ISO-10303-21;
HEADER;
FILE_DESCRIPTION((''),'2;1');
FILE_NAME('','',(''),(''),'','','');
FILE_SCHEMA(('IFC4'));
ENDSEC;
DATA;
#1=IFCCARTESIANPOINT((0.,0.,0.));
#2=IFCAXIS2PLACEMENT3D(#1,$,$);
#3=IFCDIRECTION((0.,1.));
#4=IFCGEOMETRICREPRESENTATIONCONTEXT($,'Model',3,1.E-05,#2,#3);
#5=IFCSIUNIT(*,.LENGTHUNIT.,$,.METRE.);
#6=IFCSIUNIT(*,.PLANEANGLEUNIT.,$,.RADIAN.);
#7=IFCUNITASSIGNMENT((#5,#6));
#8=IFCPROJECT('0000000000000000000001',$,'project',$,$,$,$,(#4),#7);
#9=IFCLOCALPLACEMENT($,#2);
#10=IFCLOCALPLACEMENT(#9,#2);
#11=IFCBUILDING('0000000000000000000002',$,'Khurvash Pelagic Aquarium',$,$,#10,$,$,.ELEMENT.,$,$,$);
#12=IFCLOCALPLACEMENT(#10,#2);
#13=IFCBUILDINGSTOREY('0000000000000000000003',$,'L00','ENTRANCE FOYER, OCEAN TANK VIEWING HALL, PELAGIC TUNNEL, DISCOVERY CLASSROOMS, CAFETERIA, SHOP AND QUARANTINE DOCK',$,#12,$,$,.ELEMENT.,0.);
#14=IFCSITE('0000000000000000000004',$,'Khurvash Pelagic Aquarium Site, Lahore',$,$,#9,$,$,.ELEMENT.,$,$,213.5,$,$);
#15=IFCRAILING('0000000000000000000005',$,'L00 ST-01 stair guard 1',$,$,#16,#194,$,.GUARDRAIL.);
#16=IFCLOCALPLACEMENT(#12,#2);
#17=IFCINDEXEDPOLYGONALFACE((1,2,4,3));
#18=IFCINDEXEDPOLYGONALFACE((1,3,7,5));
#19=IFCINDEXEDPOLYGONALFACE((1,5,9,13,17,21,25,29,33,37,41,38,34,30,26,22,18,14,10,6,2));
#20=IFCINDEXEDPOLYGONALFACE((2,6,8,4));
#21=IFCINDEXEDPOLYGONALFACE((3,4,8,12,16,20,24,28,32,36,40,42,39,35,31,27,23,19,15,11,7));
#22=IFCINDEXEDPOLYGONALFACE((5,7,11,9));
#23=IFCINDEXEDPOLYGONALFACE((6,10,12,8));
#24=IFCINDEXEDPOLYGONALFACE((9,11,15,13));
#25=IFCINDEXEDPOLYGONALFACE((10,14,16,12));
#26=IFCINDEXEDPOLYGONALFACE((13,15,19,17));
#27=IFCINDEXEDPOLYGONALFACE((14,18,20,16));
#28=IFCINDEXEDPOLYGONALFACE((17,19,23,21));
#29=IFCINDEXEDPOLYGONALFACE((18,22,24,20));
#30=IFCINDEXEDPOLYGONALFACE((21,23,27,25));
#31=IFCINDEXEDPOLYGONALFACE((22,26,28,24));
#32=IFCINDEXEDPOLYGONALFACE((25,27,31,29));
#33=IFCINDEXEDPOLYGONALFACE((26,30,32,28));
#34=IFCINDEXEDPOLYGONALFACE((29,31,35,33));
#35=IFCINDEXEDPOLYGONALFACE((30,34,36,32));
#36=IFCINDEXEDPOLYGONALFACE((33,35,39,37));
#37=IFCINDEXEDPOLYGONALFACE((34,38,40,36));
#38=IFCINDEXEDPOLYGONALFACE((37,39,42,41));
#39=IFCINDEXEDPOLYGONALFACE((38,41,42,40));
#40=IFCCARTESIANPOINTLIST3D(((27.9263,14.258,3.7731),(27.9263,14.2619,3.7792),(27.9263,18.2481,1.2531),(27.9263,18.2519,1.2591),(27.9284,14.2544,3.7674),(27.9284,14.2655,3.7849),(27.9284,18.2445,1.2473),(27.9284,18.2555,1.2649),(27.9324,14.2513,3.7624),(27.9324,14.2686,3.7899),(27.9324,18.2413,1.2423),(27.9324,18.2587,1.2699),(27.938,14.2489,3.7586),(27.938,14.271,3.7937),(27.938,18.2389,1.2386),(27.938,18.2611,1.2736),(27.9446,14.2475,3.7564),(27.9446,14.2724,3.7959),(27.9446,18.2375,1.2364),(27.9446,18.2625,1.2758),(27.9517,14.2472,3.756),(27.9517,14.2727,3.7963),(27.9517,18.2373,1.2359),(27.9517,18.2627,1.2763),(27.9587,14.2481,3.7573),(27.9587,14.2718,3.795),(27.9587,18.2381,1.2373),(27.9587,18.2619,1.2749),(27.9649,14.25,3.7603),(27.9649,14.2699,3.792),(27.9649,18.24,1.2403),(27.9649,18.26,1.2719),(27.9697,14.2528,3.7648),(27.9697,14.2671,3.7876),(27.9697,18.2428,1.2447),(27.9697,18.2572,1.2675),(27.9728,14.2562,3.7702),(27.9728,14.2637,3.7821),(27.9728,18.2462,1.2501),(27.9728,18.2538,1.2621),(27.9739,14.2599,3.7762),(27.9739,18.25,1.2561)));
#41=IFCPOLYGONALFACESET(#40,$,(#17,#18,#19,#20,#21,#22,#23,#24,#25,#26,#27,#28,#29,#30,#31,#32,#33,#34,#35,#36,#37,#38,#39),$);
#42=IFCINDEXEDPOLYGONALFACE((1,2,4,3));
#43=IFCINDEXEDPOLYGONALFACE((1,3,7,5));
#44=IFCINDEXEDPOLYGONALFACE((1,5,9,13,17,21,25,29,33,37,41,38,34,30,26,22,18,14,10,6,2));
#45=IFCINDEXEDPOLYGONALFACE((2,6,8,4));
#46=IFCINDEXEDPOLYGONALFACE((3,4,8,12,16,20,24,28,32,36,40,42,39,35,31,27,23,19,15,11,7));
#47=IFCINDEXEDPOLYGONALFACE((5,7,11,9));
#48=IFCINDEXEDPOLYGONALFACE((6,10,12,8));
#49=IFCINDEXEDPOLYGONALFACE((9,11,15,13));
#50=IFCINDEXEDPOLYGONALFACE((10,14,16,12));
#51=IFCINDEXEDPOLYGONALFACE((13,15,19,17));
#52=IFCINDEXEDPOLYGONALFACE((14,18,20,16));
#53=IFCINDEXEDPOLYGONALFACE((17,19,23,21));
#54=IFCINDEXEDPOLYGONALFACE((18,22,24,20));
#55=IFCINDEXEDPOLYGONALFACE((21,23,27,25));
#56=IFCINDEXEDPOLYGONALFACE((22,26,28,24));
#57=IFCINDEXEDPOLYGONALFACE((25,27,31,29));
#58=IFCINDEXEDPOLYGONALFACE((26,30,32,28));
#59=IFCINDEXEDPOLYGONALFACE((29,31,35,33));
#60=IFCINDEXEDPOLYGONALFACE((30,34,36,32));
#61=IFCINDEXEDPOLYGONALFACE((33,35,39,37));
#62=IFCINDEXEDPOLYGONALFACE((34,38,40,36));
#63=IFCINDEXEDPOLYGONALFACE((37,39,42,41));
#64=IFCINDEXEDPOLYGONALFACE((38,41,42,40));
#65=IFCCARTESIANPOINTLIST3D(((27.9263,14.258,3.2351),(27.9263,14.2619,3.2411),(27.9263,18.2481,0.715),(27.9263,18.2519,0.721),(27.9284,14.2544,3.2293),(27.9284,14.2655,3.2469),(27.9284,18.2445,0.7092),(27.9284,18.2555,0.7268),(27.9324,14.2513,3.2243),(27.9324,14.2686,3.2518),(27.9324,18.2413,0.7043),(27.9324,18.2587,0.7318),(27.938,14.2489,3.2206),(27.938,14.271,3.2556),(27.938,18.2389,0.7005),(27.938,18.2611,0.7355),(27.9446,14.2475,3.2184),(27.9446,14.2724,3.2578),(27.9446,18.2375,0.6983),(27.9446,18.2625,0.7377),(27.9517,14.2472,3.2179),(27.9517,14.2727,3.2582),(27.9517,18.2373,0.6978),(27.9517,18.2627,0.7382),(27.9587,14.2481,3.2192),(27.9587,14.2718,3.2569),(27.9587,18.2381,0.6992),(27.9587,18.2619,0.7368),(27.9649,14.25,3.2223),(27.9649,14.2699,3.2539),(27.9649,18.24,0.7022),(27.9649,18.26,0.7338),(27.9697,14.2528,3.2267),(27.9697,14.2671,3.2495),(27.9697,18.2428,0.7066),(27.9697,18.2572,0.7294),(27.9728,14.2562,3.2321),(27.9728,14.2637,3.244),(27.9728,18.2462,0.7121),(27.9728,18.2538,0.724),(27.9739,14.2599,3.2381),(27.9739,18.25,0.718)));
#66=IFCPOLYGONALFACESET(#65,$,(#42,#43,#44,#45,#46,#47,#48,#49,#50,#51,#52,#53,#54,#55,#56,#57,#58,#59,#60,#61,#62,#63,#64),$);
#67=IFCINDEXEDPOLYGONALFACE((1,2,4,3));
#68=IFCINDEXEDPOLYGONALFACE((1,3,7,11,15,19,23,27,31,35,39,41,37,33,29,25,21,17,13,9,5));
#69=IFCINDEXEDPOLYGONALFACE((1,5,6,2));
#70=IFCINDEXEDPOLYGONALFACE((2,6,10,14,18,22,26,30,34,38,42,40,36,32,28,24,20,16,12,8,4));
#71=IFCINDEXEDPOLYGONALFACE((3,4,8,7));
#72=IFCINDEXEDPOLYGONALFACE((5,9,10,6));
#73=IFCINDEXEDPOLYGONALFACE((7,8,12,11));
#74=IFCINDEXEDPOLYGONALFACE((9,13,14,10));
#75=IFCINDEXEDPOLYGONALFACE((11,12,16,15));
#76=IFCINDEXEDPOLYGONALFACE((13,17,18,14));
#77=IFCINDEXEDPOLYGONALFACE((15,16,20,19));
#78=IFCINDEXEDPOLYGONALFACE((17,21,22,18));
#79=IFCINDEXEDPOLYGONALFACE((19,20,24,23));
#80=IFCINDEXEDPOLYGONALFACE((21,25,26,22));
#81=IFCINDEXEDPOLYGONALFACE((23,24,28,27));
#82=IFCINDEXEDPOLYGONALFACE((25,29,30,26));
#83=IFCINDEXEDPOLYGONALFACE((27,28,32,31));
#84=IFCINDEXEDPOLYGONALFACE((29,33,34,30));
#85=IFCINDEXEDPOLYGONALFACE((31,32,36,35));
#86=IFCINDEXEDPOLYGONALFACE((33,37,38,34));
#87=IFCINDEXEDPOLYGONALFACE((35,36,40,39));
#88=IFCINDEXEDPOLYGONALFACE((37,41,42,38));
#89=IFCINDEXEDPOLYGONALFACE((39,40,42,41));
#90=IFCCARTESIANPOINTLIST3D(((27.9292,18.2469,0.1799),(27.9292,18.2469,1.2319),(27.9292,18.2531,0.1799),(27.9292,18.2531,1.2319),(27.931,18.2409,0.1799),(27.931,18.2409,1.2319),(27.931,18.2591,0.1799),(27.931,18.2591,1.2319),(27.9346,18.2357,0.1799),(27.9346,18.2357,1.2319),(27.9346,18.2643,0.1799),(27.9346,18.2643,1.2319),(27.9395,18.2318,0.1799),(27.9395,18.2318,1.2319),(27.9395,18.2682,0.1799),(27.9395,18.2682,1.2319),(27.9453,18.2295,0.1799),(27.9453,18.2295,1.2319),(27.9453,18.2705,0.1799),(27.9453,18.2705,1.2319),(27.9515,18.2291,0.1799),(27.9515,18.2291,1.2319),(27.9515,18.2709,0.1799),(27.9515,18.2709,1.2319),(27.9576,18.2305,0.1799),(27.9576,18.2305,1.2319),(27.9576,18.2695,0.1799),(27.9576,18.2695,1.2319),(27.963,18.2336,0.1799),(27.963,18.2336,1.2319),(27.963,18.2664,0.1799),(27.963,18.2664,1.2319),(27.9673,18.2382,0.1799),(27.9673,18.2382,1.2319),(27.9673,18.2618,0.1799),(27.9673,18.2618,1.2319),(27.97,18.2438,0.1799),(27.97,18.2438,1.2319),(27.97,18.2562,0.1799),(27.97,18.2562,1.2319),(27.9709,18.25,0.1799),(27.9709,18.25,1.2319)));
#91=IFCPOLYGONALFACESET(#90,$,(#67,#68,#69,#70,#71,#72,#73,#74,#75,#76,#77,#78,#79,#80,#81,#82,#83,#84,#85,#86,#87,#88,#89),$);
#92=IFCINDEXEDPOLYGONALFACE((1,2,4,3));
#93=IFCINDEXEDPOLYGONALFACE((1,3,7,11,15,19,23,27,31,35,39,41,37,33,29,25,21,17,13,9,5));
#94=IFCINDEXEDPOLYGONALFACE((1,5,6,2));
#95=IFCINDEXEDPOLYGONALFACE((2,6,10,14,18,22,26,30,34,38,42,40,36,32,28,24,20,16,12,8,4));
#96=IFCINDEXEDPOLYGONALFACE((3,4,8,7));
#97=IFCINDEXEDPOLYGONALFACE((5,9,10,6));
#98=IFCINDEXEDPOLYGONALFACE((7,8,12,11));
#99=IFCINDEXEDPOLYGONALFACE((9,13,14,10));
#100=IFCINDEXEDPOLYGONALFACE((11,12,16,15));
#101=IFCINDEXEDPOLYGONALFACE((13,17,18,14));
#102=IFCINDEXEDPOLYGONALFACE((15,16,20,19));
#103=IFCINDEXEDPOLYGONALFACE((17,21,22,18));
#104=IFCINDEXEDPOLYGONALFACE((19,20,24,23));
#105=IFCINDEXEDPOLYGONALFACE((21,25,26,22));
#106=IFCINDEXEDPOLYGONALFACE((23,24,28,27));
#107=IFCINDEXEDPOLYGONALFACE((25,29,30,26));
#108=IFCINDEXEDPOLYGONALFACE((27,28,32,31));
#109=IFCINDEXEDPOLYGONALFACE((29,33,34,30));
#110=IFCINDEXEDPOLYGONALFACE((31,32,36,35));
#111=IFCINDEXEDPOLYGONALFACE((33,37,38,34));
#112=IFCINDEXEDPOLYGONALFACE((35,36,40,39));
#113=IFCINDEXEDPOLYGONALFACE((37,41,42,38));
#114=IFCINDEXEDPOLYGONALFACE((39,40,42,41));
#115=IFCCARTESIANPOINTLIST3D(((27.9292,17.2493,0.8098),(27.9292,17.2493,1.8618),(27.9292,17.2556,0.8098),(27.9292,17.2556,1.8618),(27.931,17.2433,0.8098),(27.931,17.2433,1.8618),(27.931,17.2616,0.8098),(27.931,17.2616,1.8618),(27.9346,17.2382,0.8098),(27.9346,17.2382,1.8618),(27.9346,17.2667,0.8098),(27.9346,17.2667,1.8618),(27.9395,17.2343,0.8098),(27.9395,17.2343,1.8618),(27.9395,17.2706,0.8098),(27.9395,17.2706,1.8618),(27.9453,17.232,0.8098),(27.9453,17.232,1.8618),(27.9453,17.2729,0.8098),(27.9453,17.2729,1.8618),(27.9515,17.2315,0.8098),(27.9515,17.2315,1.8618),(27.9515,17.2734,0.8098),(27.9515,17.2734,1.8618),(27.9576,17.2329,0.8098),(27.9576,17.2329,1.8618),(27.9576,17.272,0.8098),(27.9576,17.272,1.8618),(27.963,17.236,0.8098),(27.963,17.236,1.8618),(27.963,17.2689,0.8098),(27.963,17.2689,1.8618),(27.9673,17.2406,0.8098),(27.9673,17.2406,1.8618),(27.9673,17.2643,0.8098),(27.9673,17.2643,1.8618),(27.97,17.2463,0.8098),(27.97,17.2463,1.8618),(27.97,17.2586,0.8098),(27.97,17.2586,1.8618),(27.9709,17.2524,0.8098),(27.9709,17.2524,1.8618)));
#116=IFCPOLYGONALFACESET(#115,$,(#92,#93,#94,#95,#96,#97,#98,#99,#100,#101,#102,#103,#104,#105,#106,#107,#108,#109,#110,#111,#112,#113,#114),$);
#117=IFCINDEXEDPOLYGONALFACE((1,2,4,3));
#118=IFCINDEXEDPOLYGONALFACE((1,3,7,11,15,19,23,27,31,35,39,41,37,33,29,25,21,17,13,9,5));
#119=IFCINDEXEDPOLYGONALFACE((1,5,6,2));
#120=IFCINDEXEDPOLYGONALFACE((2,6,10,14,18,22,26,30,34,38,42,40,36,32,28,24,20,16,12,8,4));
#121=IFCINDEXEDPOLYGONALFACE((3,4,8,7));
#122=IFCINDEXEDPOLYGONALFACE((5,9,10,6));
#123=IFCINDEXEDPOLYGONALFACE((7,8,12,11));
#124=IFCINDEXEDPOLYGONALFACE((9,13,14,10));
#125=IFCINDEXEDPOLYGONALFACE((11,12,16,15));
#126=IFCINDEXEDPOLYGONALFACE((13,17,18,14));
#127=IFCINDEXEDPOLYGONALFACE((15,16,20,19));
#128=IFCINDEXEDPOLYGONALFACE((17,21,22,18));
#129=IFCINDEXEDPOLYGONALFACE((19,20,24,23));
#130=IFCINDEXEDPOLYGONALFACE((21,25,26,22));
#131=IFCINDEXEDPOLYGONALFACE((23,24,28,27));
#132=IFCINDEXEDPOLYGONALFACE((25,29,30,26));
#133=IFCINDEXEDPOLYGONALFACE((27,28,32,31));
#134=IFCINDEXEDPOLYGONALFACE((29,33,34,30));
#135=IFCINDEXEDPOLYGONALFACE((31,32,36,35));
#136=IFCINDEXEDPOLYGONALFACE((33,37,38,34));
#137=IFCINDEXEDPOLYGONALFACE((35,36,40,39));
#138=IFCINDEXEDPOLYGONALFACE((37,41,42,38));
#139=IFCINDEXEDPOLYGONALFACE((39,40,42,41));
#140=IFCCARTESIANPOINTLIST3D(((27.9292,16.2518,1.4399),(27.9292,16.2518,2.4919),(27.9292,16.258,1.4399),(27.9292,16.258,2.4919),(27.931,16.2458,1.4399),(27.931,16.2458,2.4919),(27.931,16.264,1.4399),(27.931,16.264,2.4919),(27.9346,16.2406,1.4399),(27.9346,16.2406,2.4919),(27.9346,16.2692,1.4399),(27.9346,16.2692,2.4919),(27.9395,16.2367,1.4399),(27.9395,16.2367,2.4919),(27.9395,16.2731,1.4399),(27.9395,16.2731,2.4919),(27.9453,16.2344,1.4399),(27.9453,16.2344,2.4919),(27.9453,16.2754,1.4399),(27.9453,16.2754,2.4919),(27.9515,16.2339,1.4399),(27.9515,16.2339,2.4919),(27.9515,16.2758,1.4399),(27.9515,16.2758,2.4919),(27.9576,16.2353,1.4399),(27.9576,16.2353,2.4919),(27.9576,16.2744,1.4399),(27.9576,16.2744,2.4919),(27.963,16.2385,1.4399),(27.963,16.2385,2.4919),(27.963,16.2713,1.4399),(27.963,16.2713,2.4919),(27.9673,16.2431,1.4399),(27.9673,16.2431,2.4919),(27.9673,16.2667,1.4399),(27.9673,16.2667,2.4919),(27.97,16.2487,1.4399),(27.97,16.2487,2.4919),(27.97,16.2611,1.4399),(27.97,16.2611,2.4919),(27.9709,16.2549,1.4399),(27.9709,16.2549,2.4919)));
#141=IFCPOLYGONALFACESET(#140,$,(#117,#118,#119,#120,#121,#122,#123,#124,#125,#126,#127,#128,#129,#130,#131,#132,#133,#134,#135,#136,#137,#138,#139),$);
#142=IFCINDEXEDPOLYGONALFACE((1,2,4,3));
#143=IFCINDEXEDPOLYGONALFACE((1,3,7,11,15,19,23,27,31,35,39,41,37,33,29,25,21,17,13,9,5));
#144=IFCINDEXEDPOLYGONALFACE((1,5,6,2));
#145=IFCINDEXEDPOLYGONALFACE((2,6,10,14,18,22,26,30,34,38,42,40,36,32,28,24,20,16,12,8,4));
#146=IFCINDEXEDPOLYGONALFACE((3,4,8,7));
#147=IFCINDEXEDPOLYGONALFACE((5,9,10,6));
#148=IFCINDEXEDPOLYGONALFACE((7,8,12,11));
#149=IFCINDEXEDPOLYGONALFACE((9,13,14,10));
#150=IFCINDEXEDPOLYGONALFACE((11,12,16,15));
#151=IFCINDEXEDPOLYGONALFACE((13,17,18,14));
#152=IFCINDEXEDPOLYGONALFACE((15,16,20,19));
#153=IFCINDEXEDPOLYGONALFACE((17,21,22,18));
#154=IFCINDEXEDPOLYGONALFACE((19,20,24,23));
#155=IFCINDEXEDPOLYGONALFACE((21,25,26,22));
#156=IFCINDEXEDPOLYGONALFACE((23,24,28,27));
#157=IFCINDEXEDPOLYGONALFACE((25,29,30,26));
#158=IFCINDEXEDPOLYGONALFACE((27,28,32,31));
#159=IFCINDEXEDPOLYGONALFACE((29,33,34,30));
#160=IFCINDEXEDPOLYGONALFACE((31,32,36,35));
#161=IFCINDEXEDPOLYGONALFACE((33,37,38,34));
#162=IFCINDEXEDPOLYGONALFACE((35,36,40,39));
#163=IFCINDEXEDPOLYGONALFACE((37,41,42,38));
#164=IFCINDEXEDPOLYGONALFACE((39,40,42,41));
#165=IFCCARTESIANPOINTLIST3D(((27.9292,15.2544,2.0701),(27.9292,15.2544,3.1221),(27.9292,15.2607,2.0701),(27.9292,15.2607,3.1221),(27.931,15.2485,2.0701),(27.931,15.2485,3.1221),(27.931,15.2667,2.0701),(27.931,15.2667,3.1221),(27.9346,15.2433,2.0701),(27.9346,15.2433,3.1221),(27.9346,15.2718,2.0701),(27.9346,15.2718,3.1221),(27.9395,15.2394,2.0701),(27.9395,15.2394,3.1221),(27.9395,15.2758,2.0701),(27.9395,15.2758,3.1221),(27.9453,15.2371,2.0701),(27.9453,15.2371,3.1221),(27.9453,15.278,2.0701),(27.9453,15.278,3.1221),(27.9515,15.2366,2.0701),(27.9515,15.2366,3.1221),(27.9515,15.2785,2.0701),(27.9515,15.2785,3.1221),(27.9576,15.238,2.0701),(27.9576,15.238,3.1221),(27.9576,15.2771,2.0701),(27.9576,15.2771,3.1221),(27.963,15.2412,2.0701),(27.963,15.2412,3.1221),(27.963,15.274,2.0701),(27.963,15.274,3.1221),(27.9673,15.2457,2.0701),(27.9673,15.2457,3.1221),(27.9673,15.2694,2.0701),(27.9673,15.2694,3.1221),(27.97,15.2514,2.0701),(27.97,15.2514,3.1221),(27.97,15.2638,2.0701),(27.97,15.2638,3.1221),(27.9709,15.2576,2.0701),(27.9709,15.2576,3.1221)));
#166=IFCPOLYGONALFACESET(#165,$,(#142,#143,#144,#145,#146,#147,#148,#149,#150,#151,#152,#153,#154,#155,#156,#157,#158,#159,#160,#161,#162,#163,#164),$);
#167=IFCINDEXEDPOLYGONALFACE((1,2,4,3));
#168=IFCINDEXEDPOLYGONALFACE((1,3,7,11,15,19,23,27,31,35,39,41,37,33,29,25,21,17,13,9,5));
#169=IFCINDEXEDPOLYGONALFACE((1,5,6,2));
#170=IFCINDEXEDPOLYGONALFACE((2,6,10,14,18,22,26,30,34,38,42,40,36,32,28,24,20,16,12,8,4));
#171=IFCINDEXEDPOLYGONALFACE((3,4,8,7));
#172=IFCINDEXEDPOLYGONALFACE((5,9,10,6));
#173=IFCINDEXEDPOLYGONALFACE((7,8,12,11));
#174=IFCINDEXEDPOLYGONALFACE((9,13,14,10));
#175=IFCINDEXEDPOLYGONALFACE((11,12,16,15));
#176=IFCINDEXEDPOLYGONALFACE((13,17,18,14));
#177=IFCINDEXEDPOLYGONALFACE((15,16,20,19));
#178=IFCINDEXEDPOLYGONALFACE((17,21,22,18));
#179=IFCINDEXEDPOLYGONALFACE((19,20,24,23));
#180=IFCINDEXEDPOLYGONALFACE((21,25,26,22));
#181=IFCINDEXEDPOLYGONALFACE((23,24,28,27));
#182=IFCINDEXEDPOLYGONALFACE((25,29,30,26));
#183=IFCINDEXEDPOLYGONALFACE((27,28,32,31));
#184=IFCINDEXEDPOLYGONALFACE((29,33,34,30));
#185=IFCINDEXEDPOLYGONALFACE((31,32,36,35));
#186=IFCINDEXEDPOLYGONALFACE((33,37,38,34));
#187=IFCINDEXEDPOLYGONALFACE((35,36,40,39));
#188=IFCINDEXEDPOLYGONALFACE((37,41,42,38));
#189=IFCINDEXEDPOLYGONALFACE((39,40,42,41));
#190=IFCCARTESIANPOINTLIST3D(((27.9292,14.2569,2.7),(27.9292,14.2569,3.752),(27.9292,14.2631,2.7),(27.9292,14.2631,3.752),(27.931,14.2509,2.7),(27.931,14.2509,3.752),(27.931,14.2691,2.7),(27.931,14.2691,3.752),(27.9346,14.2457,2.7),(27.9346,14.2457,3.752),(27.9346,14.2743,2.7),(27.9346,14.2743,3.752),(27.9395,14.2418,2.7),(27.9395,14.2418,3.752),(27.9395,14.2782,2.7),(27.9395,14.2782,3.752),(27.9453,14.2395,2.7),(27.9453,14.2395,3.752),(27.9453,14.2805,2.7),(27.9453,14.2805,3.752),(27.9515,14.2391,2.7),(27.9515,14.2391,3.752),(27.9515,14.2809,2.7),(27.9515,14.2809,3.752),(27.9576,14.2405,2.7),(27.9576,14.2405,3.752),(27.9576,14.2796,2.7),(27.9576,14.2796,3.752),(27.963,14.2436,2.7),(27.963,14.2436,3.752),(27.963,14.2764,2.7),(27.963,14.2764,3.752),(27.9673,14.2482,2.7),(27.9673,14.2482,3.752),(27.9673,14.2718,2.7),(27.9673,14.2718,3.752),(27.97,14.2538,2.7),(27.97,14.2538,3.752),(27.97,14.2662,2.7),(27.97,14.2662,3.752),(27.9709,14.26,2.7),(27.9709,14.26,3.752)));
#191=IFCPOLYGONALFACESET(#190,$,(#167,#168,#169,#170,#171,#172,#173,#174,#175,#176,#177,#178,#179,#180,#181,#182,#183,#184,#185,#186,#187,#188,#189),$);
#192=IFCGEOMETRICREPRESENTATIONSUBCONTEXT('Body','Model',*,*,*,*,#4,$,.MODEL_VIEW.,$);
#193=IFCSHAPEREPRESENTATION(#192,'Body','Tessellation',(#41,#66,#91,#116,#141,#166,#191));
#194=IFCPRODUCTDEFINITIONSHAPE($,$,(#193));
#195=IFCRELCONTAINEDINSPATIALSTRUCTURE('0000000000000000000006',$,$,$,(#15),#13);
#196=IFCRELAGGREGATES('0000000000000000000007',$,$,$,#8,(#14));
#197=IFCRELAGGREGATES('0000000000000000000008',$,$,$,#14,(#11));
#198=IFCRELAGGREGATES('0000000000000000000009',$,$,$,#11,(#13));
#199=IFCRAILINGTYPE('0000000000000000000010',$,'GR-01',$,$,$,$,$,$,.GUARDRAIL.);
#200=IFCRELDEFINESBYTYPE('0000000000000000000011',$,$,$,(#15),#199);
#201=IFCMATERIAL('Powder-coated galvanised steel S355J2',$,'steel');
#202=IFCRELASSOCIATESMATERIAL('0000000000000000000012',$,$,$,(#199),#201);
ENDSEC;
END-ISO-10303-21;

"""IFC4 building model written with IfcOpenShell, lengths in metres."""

from ifc_helpers import new_model, si_unit, direction, frame, origin, origin_2d, place, context, subcontext, project, spatial, circle, extrude, material, type_object, element, save


model = new_model("IFC4")

# Units and contexts
model_context = context("Model", 3, precision=1e-05, world=origin(), true_north=direction((0.0, 1.0)))
body_context = subcontext(model_context, "Body", "Model", "MODEL_VIEW")
ifc_project = project(units=[si_unit("LENGTHUNIT", "METRE"), si_unit("PLANEANGLEUNIT", "RADIAN")], contexts=[model_context])

# Site, building, storey
site_placement = place(None, origin())
site = spatial("IfcSite", under=ifc_project, at=site_placement, Name="Khurvash Pelagic Aquarium Site, Lahore", CompositionType="ELEMENT", RefElevation=213.5)
building_placement = place(site_placement, origin())
building = spatial("IfcBuilding", under=site, at=building_placement, Name="Khurvash Pelagic Aquarium", CompositionType="ELEMENT")
storey_placement = place(building_placement, origin())
storey = spatial("IfcBuildingStorey", under=building, at=storey_placement, Name="L00", Description="ENTRANCE FOYER, OCEAN TANK VIEWING HALL, PELAGIC TUNNEL, DISCOVERY CLASSROOMS, CAFETERIA, SHOP AND QUARANTINE DOCK", CompositionType="ELEMENT", Elevation=0.0)

# Railing
ifc_material_1 = material(Name="Powder-coated galvanised steel S355J2", Category="steel")
railing_type_1 = type_object("IfcRailingType", Name="GR-01", PredefinedType="GUARDRAIL", material=ifc_material_1)
railing_1_placement = place(storey_placement, frame((27.95, 18.25, 0.1799)))
element("IfcRailing", 1, at=railing_1_placement, inside=storey, type_object=railing_type_1, Name="L00 ST-01 stair guard 1", PredefinedType="GUARDRAIL", context=body_context, shape_type="SweptSolid", body=[
    extrude(circle(Radius=0.0239, at=origin_2d()), frame((0.0, 0.0, 1.0762), z_axis=(0.0, -0.845486, 0.533997), x_axis=(1.0, 0.0, 0.0)), (0.0, 0.0, 1.0), 4.7192),
    extrude(circle(Radius=0.0239, at=origin_2d()), frame((0.0, 0.0, 0.5381), z_axis=(0.0, -0.845486, 0.533997), x_axis=(1.0, 0.0, 0.0)), (0.0, 0.0, 1.0), 4.7192),
    extrude(circle(Radius=0.021, at=origin_2d()), origin(), (0.0, 0.0, 1.0), 1.052),
    extrude(circle(Radius=0.021, at=origin_2d()), frame((0.0, -0.9976, 0.6299)), (0.0, 0.0, 1.0), 1.052),
    extrude(circle(Radius=0.021, at=origin_2d()), frame((0.0, -1.9951, 1.26)), (0.0, 0.0, 1.0), 1.052),
    extrude(circle(Radius=0.021, at=origin_2d()), frame((0.0, -2.9924, 1.8901)), (0.0, 0.0, 1.0), 1.052),
    extrude(circle(Radius=0.021, at=origin_2d()), frame((0.0, -3.99, 2.52)), (0.0, 0.0, 1.0), 1.052),
])

save(model, "model.ifc")
